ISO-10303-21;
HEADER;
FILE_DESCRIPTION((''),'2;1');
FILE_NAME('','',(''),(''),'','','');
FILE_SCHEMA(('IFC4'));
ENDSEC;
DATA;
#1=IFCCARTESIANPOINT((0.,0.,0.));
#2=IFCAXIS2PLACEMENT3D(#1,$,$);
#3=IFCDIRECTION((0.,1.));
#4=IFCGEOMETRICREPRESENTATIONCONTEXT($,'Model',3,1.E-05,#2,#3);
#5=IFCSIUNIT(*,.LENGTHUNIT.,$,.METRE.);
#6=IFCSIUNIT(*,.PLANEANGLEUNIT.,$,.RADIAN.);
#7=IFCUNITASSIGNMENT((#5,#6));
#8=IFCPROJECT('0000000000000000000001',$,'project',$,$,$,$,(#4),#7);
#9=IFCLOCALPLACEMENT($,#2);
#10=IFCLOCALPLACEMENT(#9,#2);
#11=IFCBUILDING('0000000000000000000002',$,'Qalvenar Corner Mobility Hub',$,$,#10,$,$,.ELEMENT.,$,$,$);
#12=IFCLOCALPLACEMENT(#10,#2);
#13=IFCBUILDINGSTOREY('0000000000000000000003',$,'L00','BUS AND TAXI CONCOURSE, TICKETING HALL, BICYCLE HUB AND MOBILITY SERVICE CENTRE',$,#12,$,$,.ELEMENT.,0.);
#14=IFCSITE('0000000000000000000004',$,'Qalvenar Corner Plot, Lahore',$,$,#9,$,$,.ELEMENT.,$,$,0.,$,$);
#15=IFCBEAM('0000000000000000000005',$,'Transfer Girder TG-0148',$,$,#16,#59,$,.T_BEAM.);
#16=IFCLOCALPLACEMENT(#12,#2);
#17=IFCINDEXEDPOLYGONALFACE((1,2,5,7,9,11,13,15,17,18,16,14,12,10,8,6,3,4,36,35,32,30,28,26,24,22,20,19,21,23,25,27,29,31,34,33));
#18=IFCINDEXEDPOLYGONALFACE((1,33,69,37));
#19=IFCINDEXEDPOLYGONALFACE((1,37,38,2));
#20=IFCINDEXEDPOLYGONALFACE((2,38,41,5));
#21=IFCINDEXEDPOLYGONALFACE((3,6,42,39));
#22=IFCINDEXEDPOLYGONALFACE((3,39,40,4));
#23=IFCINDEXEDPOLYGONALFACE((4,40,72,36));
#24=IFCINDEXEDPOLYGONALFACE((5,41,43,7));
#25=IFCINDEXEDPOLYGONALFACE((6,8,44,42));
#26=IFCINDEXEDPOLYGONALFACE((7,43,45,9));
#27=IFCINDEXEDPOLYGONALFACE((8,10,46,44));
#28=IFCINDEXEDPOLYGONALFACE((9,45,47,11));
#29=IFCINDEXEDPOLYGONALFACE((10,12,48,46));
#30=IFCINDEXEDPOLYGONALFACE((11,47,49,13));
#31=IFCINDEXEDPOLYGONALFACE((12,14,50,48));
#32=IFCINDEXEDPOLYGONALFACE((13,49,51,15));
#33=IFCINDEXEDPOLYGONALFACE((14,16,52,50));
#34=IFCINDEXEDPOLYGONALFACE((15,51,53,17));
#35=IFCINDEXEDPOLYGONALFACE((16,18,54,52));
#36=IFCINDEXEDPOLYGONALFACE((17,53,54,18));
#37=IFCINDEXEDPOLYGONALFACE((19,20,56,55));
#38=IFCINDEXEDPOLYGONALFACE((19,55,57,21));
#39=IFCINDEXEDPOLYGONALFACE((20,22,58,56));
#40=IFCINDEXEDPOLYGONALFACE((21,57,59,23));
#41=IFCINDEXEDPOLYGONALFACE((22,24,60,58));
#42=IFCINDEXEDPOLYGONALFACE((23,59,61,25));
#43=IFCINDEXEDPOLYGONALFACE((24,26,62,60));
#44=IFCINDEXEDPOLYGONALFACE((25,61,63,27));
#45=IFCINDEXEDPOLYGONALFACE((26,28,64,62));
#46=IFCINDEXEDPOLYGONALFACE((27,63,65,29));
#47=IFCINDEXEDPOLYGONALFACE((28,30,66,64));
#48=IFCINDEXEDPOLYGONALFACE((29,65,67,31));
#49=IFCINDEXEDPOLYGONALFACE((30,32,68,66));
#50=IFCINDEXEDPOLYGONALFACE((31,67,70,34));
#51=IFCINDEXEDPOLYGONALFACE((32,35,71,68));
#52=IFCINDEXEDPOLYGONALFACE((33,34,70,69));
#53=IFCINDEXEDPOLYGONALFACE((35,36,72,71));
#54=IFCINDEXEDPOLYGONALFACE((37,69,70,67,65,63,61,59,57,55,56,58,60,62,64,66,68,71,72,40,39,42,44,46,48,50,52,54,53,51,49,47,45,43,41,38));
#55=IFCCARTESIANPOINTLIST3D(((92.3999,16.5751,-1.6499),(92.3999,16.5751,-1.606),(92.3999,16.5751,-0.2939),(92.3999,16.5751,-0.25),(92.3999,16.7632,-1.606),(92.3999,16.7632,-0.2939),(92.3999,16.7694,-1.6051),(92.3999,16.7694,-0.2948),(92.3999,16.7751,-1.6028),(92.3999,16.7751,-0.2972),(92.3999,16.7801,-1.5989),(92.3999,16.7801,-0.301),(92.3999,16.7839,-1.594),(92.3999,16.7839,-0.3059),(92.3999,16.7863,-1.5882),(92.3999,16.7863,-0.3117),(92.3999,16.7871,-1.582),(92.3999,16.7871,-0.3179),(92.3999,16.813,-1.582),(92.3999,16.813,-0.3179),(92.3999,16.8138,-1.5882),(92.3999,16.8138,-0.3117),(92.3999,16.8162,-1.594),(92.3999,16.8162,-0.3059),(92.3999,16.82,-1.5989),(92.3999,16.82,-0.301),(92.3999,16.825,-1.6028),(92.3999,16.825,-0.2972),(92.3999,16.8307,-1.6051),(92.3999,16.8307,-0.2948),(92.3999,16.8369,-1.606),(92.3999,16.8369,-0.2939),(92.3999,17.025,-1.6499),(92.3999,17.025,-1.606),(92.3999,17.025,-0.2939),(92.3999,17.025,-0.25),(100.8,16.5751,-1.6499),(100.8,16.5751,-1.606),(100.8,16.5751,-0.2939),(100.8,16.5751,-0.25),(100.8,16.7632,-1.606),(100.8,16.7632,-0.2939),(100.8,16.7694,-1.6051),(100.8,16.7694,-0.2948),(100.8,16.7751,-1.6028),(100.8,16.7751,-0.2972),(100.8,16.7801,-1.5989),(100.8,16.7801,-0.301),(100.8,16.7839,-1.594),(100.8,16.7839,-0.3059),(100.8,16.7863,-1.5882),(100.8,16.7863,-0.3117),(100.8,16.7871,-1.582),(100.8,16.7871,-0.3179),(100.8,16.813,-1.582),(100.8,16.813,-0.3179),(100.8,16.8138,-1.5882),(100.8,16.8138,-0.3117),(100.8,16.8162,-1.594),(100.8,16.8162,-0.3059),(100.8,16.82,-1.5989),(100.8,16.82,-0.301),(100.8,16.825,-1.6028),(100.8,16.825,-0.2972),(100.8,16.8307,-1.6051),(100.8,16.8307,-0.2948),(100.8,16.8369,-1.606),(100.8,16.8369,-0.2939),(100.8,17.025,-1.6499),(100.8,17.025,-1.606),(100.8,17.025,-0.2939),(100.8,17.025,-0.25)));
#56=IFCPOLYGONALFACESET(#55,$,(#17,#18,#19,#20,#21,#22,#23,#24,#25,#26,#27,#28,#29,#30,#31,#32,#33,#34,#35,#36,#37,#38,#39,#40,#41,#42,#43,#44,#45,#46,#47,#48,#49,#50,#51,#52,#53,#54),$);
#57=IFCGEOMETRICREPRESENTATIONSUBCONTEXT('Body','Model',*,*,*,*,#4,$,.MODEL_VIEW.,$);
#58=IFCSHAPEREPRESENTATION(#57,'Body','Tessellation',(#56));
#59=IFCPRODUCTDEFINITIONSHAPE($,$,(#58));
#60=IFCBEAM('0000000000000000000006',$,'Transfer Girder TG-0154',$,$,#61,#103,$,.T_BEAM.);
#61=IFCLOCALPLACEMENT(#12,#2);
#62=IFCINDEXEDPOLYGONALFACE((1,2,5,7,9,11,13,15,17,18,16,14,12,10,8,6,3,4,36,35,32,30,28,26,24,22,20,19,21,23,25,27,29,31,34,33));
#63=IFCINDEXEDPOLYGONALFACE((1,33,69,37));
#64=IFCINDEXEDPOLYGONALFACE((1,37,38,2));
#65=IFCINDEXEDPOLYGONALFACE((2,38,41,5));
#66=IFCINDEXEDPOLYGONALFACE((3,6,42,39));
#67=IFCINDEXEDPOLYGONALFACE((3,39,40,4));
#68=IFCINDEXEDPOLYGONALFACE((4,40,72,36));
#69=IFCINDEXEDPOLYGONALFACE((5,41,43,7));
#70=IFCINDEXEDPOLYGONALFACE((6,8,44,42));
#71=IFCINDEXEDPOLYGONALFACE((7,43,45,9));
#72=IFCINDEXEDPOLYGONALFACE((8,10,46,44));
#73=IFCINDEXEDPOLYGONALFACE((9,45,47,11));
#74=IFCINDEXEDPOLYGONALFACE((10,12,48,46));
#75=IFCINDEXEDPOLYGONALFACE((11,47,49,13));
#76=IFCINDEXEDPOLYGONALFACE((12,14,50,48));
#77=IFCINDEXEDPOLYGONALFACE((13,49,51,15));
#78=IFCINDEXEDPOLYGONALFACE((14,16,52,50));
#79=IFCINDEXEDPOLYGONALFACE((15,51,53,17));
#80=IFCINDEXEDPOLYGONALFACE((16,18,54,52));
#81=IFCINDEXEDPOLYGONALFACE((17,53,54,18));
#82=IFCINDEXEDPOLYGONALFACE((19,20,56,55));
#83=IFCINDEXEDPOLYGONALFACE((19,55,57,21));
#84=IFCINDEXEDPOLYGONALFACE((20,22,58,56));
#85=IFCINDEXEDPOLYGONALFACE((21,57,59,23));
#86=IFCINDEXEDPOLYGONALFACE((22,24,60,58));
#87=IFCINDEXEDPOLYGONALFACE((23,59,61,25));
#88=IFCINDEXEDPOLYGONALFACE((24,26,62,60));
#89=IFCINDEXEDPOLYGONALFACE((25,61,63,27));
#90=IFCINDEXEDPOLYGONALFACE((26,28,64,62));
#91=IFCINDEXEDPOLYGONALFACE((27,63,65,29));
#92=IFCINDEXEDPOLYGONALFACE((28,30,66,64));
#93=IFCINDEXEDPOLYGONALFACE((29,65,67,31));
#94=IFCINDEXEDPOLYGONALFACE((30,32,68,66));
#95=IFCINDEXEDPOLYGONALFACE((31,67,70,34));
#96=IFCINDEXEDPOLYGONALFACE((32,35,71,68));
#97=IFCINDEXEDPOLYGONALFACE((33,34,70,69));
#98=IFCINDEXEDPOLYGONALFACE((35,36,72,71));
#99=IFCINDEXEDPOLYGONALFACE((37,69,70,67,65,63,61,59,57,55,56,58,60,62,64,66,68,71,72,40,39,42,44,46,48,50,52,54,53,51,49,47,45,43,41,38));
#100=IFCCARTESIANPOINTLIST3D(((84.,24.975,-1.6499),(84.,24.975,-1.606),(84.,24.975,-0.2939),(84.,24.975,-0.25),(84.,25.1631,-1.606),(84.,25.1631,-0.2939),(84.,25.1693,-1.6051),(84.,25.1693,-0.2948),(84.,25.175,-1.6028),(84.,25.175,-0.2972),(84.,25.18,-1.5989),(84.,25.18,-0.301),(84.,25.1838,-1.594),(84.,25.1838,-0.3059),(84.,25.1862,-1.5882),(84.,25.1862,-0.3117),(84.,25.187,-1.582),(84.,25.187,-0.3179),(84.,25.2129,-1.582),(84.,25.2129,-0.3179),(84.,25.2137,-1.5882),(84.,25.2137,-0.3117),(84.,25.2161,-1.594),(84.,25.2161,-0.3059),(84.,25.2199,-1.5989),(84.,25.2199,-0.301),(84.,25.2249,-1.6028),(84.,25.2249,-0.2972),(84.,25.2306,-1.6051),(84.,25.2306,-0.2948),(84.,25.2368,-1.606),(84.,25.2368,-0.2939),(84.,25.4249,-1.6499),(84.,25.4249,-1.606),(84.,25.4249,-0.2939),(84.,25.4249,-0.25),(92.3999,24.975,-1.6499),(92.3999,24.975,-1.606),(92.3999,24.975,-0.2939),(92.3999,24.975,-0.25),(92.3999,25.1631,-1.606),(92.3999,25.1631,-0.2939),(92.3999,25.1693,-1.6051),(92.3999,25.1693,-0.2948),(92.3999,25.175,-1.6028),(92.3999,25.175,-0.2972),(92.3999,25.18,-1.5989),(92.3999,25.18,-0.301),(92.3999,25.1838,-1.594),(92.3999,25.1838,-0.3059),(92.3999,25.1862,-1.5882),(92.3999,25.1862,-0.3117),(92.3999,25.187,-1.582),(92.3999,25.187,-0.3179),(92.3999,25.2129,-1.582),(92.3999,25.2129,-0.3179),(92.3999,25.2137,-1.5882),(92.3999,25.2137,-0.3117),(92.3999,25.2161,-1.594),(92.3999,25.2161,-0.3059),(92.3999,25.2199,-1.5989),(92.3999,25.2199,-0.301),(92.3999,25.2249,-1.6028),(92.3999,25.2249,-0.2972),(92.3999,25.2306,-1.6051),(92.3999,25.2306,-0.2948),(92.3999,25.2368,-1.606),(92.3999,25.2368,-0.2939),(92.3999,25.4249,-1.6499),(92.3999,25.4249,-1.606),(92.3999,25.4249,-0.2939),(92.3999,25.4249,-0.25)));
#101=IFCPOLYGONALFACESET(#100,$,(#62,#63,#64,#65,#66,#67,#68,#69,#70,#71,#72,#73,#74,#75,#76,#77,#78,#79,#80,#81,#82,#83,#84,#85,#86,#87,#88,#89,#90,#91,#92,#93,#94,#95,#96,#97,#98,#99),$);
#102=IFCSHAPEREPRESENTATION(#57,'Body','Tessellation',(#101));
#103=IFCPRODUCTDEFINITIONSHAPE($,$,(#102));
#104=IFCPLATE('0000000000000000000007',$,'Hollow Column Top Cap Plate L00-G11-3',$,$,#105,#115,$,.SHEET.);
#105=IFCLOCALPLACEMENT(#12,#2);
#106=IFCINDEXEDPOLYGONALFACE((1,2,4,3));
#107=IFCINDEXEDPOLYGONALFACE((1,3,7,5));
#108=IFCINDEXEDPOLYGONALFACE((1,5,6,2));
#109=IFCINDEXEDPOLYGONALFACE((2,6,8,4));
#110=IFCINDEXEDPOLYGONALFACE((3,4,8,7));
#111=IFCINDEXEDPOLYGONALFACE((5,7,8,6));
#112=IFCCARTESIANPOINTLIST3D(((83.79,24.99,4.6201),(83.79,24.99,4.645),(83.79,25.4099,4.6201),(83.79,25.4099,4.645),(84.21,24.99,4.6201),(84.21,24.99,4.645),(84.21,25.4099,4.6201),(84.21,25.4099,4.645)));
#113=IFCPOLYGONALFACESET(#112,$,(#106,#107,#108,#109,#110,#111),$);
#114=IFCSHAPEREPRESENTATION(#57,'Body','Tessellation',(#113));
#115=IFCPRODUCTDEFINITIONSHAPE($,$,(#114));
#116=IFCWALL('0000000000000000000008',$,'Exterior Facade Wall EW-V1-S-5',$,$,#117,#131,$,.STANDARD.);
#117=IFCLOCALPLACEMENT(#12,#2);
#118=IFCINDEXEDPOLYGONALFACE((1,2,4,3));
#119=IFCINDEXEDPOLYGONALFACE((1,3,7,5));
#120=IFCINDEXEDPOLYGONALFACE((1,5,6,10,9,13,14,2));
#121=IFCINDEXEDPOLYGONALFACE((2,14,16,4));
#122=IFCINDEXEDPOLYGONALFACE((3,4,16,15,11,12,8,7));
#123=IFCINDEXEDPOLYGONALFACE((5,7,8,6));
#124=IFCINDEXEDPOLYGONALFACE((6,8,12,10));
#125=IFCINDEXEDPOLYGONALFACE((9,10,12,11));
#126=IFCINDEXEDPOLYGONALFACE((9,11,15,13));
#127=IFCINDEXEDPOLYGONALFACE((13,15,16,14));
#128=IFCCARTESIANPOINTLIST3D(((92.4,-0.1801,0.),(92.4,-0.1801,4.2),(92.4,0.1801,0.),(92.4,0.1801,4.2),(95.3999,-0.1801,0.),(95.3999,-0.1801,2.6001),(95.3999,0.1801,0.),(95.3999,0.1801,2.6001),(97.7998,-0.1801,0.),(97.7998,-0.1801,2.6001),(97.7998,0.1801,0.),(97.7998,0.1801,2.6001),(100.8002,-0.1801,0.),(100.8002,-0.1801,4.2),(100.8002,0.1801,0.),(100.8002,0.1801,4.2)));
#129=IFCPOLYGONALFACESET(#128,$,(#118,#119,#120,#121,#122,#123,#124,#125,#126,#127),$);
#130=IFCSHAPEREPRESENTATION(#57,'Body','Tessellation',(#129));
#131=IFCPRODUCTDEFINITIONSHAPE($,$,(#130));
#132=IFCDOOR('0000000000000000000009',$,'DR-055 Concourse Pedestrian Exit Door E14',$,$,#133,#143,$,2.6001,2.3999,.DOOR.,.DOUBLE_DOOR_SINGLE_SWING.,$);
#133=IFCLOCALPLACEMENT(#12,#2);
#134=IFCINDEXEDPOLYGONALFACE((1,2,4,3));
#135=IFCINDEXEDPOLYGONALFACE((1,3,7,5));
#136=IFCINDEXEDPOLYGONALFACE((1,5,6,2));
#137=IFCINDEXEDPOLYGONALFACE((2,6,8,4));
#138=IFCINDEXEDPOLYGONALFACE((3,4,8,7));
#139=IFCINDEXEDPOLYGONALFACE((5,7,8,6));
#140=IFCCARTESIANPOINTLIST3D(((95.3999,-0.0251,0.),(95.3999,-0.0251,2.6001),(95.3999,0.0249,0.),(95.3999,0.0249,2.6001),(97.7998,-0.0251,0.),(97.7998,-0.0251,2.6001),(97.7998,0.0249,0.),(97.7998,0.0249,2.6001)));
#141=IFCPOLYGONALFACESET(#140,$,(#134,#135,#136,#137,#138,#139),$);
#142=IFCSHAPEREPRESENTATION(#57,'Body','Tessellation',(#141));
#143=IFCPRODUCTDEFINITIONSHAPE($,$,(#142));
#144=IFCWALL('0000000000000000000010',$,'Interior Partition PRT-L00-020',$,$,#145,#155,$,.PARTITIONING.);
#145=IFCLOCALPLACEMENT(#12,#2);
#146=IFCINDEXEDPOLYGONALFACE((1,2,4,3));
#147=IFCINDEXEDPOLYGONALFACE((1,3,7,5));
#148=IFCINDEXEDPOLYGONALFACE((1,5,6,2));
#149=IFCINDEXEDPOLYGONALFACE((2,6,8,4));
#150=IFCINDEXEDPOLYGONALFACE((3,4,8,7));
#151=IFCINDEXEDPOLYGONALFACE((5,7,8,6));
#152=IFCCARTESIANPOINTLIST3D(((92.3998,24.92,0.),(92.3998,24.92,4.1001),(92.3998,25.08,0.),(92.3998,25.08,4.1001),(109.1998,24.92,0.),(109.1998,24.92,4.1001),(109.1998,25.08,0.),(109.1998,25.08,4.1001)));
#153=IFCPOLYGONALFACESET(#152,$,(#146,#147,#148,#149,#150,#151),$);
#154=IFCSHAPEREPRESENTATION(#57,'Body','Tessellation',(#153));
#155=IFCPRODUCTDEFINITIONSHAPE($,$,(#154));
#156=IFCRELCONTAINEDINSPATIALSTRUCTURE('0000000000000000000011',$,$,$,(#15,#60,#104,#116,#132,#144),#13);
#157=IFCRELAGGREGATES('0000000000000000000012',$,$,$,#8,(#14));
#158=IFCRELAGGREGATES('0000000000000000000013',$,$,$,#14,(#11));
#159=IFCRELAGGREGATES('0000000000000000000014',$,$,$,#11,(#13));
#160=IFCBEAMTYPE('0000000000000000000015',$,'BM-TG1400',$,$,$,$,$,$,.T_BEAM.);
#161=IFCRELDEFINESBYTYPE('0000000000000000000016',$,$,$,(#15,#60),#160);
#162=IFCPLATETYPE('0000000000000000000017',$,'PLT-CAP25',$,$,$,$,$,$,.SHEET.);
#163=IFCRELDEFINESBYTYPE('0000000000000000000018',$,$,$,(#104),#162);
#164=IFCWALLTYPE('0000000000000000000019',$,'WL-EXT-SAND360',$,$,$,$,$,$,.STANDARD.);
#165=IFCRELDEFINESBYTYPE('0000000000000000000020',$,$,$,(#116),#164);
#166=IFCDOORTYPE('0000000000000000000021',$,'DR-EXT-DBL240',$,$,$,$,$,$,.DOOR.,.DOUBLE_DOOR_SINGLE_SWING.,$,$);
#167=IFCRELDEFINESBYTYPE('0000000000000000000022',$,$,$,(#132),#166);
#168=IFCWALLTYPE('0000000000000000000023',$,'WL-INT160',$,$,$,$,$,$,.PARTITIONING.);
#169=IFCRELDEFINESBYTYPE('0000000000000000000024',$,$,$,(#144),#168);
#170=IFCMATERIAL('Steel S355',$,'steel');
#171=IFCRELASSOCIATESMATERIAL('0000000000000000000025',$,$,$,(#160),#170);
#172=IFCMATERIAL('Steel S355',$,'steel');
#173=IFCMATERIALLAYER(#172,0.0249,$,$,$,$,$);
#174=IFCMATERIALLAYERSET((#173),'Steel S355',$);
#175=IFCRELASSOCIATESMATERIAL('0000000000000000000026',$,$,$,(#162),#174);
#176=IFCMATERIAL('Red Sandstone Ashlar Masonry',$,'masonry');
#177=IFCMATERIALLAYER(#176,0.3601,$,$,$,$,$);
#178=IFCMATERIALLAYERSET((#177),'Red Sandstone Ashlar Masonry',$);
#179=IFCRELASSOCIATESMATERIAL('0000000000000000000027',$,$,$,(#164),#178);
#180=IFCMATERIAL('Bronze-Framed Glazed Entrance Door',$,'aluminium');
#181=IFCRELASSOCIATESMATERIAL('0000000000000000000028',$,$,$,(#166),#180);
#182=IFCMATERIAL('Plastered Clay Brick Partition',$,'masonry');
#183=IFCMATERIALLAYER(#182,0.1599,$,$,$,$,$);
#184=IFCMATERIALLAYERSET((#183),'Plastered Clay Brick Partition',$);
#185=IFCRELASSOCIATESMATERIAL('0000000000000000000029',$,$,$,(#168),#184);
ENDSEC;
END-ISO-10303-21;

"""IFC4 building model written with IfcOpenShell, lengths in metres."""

from ifc_helpers import new_model, si_unit, direction, frame, frame_2d, origin, origin_2d, place, context, subcontext, project, spatial, rectangle, i_section, extrude, material, layer, layer_set, material_profile, profile_set, type_object, element, fill, save


model = new_model("IFC4")

# Units and contexts
model_context = context("Model", 3, precision=1e-05, world=origin(), true_north=direction((0.0, 1.0)))
body_context = subcontext(model_context, "Body", "Model", "MODEL_VIEW")
ifc_project = project(units=[si_unit("LENGTHUNIT", "METRE"), si_unit("PLANEANGLEUNIT", "RADIAN")], contexts=[model_context])

# Site, building, storey
site_placement = place(None, origin())
site = spatial("IfcSite", under=ifc_project, at=site_placement, Name="Qalvenar Corner Plot, Lahore", CompositionType="ELEMENT", RefElevation=0.0)
building_placement = place(site_placement, origin())
building = spatial("IfcBuilding", under=site, at=building_placement, Name="Qalvenar Corner Mobility Hub", CompositionType="ELEMENT")
storey_placement = place(building_placement, origin())
storey = spatial("IfcBuildingStorey", under=building, at=storey_placement, Name="L00", Description="BUS AND TAXI CONCOURSE, TICKETING HALL, BICYCLE HUB AND MOBILITY SERVICE CENTRE", CompositionType="ELEMENT", Elevation=0.0)

# Shared definitions
ifc_material_1 = material(Name="Steel S355", Category="steel")

# Beams
ifc_material_profile_1 = material_profile(ifc_material_1, i_section(OverallWidth=0.45, OverallDepth=1.3999, WebThickness=0.0259, FlangeThickness=0.0439, FilletRadius=0.0239, at=origin_2d()), Name="W1100x499-TG1400")
ifc_profile_set_1 = profile_set([ifc_material_profile_1], Name="Steel S355")
beam_type_1 = type_object("IfcBeamType", Name="BM-TG1400", PredefinedType="T_BEAM", material=ifc_profile_set_1)
beam_1_placement = place(storey_placement, frame((92.3999, 16.8, -0.95), z_axis=(1.0, 0.0, 0.0), x_axis=(0.0, 1.0, 0.0)))
element("IfcBeam", 1, at=beam_1_placement, inside=storey, type_object=beam_type_1, Name="Transfer Girder TG-0148", PredefinedType="T_BEAM", context=body_context, shape_type="SweptSolid", body=[
    extrude(i_section(OverallWidth=0.45, OverallDepth=1.3999, WebThickness=0.0259, FlangeThickness=0.0439, FilletRadius=0.0239, at=origin_2d()), origin(), (0.0, 0.0, 1.0), 8.4001),
])
beam_2_placement = place(storey_placement, frame((84.0, 25.2, -0.95), z_axis=(1.0, 0.0, 0.0), x_axis=(0.0, 1.0, 0.0)))
element("IfcBeam", 2, at=beam_2_placement, inside=storey, type_object=beam_type_1, Name="Transfer Girder TG-0154", PredefinedType="T_BEAM", context=body_context, shape_type="SweptSolid", body=[
    extrude(i_section(OverallWidth=0.45, OverallDepth=1.3999, WebThickness=0.0259, FlangeThickness=0.0439, FilletRadius=0.0239, at=origin_2d()), origin(), (0.0, 0.0, 1.0), 8.3999),
])

# Plate
ifc_material_2 = material(Name="Steel S355", Category="steel")
ifc_layer_1 = layer(ifc_material_2, 0.0249)
ifc_layer_set_1 = layer_set([ifc_layer_1], Name="Steel S355")
plate_type = type_object("IfcPlateType", Name="PLT-CAP25", PredefinedType="SHEET", material=ifc_layer_set_1)
plate_placement = place(storey_placement, frame((84.0, 25.2, 4.6201), z_axis=(0.0, 0.0, 1.0), x_axis=(1.0, 0.0, 0.0)))
element("IfcPlate", 3, at=plate_placement, inside=storey, type_object=plate_type, Name="Hollow Column Top Cap Plate L00-G11-3", PredefinedType="SHEET", context=body_context, shape_type="SweptSolid", body=[
    extrude(rectangle(XDim=0.4199, YDim=0.4199, at=origin_2d()), origin(), (0.0, 0.0, 1.0), 0.0249),
])

# Wall, opening, door
ifc_material_3 = material(Name="Red Sandstone Ashlar Masonry", Category="masonry")
ifc_layer_2 = layer(ifc_material_3, 0.3601)
ifc_layer_set_2 = layer_set([ifc_layer_2], Name="Red Sandstone Ashlar Masonry")
wall_type_1 = type_object("IfcWallType", Name="WL-EXT-SAND360", PredefinedType="STANDARD", material=ifc_layer_set_2)
wall_1_placement = place(storey_placement, frame((92.3999, 0.0, 0.0), z_axis=(0.0, 0.0, 1.0), x_axis=(1.0, 0.0, 0.0)))
wall_1 = element("IfcWall", 4, at=wall_1_placement, inside=storey, type_object=wall_type_1, Name="Exterior Facade Wall EW-V1-S-5", PredefinedType="STANDARD", context=body_context, shape_type="SweptSolid", body=[
    extrude(rectangle(XDim=8.4001, YDim=0.3601, at=frame_2d((4.2002, 0.0))), origin(), (0.0, 0.0, 1.0), 4.2),
])
opening_1_placement = place(wall_1_placement, frame((3.0, 0.0, 0.0)))
opening_1 = element("IfcOpeningElement", 5, at=opening_1_placement, cuts=wall_1, PredefinedType="OPENING", context=body_context, shape_type="SweptSolid", body=[
    extrude(rectangle(XDim=2.3999, YDim=2.6001, at=frame_2d((1.2, 1.3))), frame((0.0, 0.1899, 0.0), z_axis=(0.0, -1.0, 0.0), x_axis=(1.0, 0.0, 0.0)), (0.0, 0.0, 1.0), 0.3801),
])
ifc_material_4 = material(Name="Bronze-Framed Glazed Entrance Door", Category="aluminium")
door_type_1 = type_object("IfcDoorType", Name="DR-EXT-DBL240", OperationType="DOUBLE_DOOR_SINGLE_SWING", PredefinedType="DOOR", material=ifc_material_4)
door_1_placement = place(opening_1_placement, origin())
door_1 = element("IfcDoor", 6, at=door_1_placement, inside=storey, type_object=door_type_1, Name="DR-055 Concourse Pedestrian Exit Door E14", OperationType="DOUBLE_DOOR_SINGLE_SWING", OverallHeight=2.6001, OverallWidth=2.3999, PredefinedType="DOOR", context=body_context, shape_type="SweptSolid", body=[
    extrude(rectangle(XDim=2.3999, YDim=2.6001, at=frame_2d((1.2, 1.3))), frame((0.0, 0.0249, 0.0), z_axis=(0.0, -1.0, 0.0), x_axis=(1.0, 0.0, 0.0)), (0.0, 0.0, 1.0), 0.05),
])
fill(opening_1, door_1)

# Wall
ifc_material_5 = material(Name="Plastered Clay Brick Partition", Category="masonry")
ifc_layer_3 = layer(ifc_material_5, 0.1599)
ifc_layer_set_3 = layer_set([ifc_layer_3], Name="Plastered Clay Brick Partition")
wall_type_2 = type_object("IfcWallType", Name="WL-INT160", PredefinedType="PARTITIONING", material=ifc_layer_set_3)
wall_2_placement = place(storey_placement, frame((92.3999, 25.0, 0.0), z_axis=(0.0, 0.0, 1.0), x_axis=(1.0, 0.0, 0.0)))
element("IfcWall", 7, at=wall_2_placement, inside=storey, type_object=wall_type_2, Name="Interior Partition PRT-L00-020", PredefinedType="PARTITIONING", context=body_context, shape_type="SweptSolid", body=[
    extrude(rectangle(XDim=16.8, YDim=0.1599, at=frame_2d((8.3999, 0.0))), origin(), (0.0, 0.0, 1.0), 4.1001),
])

save(model, "model.ifc")
